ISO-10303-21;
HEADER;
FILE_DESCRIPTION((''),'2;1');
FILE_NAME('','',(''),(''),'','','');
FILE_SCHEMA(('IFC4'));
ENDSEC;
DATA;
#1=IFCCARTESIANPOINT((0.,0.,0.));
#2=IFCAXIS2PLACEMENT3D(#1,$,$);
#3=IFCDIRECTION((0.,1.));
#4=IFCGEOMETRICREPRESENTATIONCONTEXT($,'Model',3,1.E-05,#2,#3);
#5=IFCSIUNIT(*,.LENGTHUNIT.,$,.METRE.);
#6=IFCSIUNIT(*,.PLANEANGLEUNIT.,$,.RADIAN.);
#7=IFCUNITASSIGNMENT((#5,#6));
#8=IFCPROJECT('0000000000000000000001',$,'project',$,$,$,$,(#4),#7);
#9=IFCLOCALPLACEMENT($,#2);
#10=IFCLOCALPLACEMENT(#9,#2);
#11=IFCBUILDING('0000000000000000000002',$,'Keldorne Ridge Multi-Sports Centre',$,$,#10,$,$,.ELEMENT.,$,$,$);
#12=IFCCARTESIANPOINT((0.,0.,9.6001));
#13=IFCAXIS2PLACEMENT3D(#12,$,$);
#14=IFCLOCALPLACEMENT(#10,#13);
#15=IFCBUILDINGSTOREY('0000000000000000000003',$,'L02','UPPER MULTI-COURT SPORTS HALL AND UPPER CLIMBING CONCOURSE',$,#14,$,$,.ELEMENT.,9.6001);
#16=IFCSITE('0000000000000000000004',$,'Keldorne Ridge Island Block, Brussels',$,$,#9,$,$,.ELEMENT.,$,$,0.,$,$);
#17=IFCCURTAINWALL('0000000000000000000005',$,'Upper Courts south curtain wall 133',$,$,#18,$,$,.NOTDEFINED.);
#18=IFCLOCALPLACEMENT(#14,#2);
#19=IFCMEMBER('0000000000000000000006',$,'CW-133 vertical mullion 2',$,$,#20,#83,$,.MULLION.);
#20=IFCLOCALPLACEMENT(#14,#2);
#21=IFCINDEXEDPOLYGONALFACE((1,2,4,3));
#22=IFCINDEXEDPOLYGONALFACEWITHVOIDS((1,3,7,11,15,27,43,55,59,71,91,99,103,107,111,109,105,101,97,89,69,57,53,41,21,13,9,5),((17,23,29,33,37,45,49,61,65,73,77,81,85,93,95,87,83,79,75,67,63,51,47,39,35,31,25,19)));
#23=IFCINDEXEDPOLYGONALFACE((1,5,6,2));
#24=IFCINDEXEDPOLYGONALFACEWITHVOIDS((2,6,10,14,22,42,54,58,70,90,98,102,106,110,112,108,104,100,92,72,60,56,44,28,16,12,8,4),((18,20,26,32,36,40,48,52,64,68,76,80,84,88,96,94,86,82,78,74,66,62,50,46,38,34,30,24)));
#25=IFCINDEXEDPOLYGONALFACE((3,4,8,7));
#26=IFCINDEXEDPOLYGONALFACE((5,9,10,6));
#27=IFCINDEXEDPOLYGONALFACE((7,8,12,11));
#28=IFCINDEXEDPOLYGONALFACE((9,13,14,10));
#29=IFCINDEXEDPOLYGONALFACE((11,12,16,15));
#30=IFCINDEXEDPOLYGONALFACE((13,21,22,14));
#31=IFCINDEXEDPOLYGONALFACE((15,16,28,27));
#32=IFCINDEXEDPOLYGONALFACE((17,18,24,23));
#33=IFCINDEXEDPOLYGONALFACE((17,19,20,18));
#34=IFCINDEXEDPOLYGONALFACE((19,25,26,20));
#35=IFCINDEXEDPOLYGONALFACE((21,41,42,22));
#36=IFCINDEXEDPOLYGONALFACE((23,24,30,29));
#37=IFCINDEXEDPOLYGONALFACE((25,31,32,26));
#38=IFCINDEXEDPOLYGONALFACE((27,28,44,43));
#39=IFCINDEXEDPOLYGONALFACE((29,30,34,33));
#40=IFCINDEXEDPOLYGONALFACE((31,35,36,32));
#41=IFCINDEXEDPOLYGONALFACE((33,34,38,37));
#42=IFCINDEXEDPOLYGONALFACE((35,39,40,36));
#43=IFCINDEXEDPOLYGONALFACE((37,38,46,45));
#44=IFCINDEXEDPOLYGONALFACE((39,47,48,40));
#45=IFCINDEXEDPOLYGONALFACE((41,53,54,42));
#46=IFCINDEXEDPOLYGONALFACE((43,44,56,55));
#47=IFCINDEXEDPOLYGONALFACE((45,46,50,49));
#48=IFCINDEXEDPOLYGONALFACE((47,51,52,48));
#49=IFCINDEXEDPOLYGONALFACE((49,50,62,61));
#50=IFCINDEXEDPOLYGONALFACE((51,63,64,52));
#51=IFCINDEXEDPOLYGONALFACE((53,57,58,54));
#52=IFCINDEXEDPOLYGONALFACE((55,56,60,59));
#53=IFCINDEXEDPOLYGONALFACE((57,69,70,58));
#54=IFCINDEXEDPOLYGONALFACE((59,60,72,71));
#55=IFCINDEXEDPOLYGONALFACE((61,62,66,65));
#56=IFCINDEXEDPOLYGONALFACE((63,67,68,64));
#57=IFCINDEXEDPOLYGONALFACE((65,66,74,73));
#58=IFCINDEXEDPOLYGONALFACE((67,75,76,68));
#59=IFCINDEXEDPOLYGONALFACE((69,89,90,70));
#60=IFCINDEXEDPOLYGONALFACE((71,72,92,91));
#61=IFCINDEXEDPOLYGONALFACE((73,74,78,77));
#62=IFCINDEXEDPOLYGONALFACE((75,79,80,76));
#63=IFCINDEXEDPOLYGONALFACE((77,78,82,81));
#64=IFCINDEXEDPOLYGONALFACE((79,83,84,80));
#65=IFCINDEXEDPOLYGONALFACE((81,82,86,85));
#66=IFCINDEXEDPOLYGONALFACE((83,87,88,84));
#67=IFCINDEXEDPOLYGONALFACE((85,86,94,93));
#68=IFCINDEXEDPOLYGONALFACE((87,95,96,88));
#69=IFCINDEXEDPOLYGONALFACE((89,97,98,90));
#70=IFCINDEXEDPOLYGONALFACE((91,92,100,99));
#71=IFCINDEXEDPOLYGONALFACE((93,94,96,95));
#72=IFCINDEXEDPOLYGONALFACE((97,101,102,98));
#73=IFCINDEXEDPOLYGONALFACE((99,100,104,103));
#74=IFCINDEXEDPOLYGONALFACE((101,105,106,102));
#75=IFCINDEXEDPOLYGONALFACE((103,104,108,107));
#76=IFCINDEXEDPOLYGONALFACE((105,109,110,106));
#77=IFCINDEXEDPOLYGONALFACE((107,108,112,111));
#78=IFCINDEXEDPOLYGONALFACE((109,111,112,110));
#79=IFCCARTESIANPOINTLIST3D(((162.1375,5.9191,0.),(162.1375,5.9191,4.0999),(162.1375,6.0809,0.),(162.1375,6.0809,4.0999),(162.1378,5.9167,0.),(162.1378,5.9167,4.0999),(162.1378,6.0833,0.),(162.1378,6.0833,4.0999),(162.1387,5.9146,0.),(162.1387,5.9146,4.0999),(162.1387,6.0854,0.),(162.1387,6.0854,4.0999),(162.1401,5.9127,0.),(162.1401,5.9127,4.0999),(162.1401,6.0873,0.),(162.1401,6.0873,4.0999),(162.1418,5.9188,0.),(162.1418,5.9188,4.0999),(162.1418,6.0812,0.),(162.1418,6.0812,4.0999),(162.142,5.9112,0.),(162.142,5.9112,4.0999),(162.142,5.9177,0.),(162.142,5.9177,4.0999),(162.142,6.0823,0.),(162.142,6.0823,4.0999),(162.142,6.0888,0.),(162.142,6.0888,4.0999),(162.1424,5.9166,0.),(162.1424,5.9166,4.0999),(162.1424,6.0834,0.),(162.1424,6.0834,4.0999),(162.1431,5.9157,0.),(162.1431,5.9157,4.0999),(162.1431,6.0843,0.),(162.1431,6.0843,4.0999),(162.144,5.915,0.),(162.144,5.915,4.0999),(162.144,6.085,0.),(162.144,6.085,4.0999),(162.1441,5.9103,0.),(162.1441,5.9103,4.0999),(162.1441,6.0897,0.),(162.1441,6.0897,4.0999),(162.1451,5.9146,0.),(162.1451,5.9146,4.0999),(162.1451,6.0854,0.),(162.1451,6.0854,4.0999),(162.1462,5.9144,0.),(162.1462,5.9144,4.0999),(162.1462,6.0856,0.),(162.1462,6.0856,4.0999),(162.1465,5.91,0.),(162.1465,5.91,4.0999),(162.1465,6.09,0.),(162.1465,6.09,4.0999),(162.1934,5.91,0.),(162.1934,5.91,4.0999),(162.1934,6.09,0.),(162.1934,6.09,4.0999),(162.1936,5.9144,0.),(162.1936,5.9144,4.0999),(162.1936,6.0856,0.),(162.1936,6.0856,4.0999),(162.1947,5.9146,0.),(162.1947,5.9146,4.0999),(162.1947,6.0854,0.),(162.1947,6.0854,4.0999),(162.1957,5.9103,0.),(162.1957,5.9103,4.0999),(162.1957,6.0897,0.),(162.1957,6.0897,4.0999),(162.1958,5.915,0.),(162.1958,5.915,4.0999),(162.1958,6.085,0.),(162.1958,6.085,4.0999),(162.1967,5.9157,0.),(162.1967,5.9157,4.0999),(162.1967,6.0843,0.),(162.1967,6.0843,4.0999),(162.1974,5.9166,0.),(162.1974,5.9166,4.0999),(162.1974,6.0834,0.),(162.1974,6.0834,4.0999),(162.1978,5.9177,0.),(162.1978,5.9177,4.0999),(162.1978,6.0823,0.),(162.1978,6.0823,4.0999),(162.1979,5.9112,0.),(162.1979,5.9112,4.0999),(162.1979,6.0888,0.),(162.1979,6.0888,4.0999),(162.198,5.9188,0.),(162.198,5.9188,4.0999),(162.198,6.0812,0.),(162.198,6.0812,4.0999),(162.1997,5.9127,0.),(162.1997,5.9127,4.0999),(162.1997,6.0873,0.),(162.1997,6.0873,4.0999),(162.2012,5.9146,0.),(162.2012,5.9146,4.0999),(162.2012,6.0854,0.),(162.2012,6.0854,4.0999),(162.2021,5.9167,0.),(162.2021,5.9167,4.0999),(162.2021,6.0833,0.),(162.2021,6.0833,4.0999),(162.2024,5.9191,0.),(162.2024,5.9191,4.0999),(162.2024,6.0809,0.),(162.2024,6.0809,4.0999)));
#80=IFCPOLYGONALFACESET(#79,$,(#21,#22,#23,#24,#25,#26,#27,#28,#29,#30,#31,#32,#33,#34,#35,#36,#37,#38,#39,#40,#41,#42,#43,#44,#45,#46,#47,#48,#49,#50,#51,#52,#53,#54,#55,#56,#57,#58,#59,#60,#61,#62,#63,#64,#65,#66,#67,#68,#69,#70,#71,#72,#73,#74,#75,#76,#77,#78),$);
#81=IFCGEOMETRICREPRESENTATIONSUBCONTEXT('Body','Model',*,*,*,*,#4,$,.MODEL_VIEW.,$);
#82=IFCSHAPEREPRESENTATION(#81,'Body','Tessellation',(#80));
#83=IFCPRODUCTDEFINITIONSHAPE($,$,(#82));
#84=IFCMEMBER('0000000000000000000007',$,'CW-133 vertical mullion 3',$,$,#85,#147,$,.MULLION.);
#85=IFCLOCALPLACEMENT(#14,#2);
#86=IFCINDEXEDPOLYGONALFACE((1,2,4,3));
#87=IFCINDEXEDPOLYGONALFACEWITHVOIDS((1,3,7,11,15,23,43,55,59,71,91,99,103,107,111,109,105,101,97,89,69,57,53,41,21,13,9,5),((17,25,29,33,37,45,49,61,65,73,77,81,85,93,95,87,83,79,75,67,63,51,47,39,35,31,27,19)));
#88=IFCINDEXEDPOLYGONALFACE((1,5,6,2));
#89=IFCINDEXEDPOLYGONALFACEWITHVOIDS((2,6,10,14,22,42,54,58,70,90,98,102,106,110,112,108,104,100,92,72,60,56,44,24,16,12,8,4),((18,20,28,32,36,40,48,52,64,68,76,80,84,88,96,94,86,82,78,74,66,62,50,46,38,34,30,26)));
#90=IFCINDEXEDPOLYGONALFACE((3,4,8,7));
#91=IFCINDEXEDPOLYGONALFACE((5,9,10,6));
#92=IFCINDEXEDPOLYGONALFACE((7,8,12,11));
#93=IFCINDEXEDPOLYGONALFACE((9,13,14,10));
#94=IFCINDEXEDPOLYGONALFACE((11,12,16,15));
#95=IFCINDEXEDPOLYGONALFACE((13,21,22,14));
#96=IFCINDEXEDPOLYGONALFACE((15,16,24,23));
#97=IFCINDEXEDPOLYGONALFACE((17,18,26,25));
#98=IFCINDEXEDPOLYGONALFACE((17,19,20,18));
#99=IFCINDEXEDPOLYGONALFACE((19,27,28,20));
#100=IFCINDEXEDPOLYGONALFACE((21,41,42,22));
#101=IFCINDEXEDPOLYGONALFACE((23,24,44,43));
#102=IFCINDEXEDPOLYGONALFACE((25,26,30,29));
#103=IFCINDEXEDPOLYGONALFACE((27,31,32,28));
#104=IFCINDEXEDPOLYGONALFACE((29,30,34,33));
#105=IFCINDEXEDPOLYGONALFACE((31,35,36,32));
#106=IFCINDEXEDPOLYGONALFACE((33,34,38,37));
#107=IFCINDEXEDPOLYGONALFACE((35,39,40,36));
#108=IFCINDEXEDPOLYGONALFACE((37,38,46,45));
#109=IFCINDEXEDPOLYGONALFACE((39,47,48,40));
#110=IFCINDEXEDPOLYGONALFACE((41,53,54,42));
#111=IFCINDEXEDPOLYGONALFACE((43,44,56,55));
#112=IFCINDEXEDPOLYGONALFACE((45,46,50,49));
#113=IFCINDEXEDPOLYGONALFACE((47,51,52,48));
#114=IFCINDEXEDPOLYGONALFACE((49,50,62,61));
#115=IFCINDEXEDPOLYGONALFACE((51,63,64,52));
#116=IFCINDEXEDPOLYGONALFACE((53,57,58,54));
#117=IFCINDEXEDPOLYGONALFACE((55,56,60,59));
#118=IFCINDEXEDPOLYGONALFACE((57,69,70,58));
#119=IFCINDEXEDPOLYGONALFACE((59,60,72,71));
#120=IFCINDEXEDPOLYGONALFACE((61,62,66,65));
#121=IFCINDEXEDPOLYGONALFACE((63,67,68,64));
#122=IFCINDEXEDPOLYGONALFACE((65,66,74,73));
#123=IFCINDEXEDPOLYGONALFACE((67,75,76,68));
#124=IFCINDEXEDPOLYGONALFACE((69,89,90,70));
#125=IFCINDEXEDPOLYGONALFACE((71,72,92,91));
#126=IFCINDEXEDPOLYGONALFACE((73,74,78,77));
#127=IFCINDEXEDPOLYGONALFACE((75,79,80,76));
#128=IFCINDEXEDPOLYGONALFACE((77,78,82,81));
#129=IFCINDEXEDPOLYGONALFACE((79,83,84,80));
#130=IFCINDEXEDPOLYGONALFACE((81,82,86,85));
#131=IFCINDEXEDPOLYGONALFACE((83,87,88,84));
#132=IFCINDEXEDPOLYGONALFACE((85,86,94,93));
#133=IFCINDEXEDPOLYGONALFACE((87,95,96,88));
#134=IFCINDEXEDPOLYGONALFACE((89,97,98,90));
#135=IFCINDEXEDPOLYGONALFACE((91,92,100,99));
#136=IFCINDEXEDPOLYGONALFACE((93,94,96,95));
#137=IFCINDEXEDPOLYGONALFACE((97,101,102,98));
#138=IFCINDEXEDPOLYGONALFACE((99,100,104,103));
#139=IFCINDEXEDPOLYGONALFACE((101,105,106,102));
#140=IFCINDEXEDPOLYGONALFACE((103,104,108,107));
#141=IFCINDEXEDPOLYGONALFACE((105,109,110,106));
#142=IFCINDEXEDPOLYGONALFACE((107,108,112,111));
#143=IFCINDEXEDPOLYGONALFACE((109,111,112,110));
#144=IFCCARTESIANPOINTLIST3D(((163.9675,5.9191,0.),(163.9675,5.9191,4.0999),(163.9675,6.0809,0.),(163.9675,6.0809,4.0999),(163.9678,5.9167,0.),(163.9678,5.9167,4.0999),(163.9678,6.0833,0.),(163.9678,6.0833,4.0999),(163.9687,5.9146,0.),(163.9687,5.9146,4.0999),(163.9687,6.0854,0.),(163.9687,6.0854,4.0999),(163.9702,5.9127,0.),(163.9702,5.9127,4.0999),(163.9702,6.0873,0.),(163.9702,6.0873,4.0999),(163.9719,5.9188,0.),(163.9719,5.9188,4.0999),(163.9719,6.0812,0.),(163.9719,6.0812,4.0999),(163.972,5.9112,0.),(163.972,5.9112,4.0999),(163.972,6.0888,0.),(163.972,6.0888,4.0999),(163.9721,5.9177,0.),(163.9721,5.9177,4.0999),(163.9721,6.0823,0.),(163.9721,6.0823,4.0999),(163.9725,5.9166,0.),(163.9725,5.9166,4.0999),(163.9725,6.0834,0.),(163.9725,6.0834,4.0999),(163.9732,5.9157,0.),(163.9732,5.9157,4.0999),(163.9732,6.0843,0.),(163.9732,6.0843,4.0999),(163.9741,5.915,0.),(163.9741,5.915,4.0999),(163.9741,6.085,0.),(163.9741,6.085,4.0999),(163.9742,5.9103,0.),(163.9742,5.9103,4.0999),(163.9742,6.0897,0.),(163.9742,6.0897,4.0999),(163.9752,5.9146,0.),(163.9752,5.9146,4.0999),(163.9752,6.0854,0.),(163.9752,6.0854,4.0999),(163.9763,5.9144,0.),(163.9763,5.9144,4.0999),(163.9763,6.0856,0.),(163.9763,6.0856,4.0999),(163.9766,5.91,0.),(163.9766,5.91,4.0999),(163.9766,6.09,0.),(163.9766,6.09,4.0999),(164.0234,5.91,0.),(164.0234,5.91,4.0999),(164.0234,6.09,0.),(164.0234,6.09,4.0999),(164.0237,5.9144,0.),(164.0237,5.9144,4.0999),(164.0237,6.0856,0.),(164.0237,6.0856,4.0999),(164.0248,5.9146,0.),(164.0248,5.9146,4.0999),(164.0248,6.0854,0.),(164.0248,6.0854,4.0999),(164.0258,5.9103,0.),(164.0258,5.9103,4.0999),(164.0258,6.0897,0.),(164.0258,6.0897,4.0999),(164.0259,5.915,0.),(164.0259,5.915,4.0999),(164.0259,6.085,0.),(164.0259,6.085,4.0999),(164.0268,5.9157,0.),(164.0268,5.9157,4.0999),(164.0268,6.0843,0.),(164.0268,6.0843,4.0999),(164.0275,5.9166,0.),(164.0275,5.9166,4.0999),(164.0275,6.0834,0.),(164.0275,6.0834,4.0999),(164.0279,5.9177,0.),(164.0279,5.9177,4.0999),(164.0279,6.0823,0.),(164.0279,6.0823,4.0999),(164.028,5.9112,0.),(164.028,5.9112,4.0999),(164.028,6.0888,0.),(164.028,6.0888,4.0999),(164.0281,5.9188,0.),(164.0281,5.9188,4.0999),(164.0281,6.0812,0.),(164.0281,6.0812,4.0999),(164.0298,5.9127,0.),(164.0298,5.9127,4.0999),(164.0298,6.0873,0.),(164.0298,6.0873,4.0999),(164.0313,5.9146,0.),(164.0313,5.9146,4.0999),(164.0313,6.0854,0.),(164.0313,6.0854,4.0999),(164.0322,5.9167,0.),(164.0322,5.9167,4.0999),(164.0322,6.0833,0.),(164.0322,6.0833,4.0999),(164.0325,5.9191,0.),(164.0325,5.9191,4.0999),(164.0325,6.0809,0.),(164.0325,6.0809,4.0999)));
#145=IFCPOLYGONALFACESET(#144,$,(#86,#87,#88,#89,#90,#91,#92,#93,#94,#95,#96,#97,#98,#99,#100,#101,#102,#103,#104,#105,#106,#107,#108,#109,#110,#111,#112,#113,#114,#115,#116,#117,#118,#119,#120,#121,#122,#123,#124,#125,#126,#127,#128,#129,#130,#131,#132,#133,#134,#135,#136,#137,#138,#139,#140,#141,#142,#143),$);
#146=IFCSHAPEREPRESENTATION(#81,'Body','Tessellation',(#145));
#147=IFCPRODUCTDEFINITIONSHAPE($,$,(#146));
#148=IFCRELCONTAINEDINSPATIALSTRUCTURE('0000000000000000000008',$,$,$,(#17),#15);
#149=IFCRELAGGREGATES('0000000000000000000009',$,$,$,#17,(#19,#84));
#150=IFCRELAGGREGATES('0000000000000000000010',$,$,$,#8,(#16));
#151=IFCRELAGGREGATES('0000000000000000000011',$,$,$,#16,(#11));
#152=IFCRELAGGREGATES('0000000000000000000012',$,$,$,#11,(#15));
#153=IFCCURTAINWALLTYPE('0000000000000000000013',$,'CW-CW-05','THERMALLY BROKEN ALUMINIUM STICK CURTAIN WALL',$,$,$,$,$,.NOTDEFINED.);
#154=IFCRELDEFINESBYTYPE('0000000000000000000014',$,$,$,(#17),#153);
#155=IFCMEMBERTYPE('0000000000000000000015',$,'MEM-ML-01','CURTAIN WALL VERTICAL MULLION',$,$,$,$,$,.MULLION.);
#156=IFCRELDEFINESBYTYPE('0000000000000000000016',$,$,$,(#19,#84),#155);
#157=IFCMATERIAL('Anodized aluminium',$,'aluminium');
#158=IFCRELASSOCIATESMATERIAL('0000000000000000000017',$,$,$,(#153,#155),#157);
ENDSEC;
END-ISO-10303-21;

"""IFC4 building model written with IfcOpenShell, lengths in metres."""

from ifc_helpers import new_model, si_unit, direction, frame, origin, origin_2d, place, context, subcontext, project, spatial, hollow_rectangle, extrude, material, material_profile, profile_set, type_object, element, aggregate, save


model = new_model("IFC4")

# Units and contexts
model_context = context("Model", 3, precision=1e-05, world=origin(), true_north=direction((0.0, 1.0)))
body_context = subcontext(model_context, "Body", "Model", "MODEL_VIEW")
ifc_project = project(units=[si_unit("LENGTHUNIT", "METRE"), si_unit("PLANEANGLEUNIT", "RADIAN")], contexts=[model_context])

# Site, building, storey
site_placement = place(None, origin())
site = spatial("IfcSite", under=ifc_project, at=site_placement, Name="Keldorne Ridge Island Block, Brussels", CompositionType="ELEMENT", RefElevation=0.0)
building_placement = place(site_placement, origin())
building = spatial("IfcBuilding", under=site, at=building_placement, Name="Keldorne Ridge Multi-Sports Centre", CompositionType="ELEMENT")
storey_placement = place(building_placement, frame((0.0, 0.0, 9.6001)))
storey = spatial("IfcBuildingStorey", under=building, at=storey_placement, Name="L02", Description="UPPER MULTI-COURT SPORTS HALL AND UPPER CLIMBING CONCOURSE", CompositionType="ELEMENT", Elevation=9.6001)

# Curtain wall, members
ifc_material_1 = material(Name="Anodized aluminium", Category="aluminium")
curtain_wall_type = type_object("IfcCurtainWallType", Name="CW-CW-05", Description="THERMALLY BROKEN ALUMINIUM STICK CURTAIN WALL", PredefinedType="NOTDEFINED", material=ifc_material_1)
curtain_wall_placement = place(storey_placement, origin())
curtain_wall = element("IfcCurtainWall", 1, at=curtain_wall_placement, inside=storey, type_object=curtain_wall_type, Name="Upper Courts south curtain wall 133", PredefinedType="NOTDEFINED")
ifc_material_profile_1 = material_profile(ifc_material_1, hollow_rectangle(XDim=0.0649, YDim=0.1799, WallThickness=0.0044, InnerFilletRadius=0.0044, OuterFilletRadius=0.009, at=origin_2d()), Name="ALU MULLION 180x65x4.5")
ifc_profile_set_1 = profile_set([ifc_material_profile_1], Name="Anodized aluminium")
member_type_1 = type_object("IfcMemberType", Name="MEM-ML-01", Description="CURTAIN WALL VERTICAL MULLION", PredefinedType="MULLION", material=ifc_profile_set_1)
member_1_placement = place(storey_placement, frame((162.1699, 6.0, 0.0), z_axis=(0.0, 0.0, 1.0), x_axis=(1.0, 0.0, 0.0)))
member_1 = element("IfcMember", 2, at=member_1_placement, type_object=member_type_1, Name="CW-133 vertical mullion 2", PredefinedType="MULLION", context=body_context, shape_type="SweptSolid", body=[
    extrude(hollow_rectangle(XDim=0.0649, YDim=0.1799, WallThickness=0.0044, InnerFilletRadius=0.0044, OuterFilletRadius=0.009, at=origin_2d()), origin(), (0.0, 0.0, 1.0), 4.0999),
])
member_2_placement = place(storey_placement, frame((164.0, 6.0, 0.0), z_axis=(0.0, 0.0, 1.0), x_axis=(1.0, 0.0, 0.0)))
member_2 = element("IfcMember", 3, at=member_2_placement, type_object=member_type_1, Name="CW-133 vertical mullion 3", PredefinedType="MULLION", context=body_context, shape_type="SweptSolid", body=[
    extrude(hollow_rectangle(XDim=0.0649, YDim=0.1799, WallThickness=0.0044, InnerFilletRadius=0.0044, OuterFilletRadius=0.009, at=origin_2d()), origin(), (0.0, 0.0, 1.0), 4.0999),
])
aggregate(curtain_wall, [member_1, member_2])

save(model, "model.ifc")
